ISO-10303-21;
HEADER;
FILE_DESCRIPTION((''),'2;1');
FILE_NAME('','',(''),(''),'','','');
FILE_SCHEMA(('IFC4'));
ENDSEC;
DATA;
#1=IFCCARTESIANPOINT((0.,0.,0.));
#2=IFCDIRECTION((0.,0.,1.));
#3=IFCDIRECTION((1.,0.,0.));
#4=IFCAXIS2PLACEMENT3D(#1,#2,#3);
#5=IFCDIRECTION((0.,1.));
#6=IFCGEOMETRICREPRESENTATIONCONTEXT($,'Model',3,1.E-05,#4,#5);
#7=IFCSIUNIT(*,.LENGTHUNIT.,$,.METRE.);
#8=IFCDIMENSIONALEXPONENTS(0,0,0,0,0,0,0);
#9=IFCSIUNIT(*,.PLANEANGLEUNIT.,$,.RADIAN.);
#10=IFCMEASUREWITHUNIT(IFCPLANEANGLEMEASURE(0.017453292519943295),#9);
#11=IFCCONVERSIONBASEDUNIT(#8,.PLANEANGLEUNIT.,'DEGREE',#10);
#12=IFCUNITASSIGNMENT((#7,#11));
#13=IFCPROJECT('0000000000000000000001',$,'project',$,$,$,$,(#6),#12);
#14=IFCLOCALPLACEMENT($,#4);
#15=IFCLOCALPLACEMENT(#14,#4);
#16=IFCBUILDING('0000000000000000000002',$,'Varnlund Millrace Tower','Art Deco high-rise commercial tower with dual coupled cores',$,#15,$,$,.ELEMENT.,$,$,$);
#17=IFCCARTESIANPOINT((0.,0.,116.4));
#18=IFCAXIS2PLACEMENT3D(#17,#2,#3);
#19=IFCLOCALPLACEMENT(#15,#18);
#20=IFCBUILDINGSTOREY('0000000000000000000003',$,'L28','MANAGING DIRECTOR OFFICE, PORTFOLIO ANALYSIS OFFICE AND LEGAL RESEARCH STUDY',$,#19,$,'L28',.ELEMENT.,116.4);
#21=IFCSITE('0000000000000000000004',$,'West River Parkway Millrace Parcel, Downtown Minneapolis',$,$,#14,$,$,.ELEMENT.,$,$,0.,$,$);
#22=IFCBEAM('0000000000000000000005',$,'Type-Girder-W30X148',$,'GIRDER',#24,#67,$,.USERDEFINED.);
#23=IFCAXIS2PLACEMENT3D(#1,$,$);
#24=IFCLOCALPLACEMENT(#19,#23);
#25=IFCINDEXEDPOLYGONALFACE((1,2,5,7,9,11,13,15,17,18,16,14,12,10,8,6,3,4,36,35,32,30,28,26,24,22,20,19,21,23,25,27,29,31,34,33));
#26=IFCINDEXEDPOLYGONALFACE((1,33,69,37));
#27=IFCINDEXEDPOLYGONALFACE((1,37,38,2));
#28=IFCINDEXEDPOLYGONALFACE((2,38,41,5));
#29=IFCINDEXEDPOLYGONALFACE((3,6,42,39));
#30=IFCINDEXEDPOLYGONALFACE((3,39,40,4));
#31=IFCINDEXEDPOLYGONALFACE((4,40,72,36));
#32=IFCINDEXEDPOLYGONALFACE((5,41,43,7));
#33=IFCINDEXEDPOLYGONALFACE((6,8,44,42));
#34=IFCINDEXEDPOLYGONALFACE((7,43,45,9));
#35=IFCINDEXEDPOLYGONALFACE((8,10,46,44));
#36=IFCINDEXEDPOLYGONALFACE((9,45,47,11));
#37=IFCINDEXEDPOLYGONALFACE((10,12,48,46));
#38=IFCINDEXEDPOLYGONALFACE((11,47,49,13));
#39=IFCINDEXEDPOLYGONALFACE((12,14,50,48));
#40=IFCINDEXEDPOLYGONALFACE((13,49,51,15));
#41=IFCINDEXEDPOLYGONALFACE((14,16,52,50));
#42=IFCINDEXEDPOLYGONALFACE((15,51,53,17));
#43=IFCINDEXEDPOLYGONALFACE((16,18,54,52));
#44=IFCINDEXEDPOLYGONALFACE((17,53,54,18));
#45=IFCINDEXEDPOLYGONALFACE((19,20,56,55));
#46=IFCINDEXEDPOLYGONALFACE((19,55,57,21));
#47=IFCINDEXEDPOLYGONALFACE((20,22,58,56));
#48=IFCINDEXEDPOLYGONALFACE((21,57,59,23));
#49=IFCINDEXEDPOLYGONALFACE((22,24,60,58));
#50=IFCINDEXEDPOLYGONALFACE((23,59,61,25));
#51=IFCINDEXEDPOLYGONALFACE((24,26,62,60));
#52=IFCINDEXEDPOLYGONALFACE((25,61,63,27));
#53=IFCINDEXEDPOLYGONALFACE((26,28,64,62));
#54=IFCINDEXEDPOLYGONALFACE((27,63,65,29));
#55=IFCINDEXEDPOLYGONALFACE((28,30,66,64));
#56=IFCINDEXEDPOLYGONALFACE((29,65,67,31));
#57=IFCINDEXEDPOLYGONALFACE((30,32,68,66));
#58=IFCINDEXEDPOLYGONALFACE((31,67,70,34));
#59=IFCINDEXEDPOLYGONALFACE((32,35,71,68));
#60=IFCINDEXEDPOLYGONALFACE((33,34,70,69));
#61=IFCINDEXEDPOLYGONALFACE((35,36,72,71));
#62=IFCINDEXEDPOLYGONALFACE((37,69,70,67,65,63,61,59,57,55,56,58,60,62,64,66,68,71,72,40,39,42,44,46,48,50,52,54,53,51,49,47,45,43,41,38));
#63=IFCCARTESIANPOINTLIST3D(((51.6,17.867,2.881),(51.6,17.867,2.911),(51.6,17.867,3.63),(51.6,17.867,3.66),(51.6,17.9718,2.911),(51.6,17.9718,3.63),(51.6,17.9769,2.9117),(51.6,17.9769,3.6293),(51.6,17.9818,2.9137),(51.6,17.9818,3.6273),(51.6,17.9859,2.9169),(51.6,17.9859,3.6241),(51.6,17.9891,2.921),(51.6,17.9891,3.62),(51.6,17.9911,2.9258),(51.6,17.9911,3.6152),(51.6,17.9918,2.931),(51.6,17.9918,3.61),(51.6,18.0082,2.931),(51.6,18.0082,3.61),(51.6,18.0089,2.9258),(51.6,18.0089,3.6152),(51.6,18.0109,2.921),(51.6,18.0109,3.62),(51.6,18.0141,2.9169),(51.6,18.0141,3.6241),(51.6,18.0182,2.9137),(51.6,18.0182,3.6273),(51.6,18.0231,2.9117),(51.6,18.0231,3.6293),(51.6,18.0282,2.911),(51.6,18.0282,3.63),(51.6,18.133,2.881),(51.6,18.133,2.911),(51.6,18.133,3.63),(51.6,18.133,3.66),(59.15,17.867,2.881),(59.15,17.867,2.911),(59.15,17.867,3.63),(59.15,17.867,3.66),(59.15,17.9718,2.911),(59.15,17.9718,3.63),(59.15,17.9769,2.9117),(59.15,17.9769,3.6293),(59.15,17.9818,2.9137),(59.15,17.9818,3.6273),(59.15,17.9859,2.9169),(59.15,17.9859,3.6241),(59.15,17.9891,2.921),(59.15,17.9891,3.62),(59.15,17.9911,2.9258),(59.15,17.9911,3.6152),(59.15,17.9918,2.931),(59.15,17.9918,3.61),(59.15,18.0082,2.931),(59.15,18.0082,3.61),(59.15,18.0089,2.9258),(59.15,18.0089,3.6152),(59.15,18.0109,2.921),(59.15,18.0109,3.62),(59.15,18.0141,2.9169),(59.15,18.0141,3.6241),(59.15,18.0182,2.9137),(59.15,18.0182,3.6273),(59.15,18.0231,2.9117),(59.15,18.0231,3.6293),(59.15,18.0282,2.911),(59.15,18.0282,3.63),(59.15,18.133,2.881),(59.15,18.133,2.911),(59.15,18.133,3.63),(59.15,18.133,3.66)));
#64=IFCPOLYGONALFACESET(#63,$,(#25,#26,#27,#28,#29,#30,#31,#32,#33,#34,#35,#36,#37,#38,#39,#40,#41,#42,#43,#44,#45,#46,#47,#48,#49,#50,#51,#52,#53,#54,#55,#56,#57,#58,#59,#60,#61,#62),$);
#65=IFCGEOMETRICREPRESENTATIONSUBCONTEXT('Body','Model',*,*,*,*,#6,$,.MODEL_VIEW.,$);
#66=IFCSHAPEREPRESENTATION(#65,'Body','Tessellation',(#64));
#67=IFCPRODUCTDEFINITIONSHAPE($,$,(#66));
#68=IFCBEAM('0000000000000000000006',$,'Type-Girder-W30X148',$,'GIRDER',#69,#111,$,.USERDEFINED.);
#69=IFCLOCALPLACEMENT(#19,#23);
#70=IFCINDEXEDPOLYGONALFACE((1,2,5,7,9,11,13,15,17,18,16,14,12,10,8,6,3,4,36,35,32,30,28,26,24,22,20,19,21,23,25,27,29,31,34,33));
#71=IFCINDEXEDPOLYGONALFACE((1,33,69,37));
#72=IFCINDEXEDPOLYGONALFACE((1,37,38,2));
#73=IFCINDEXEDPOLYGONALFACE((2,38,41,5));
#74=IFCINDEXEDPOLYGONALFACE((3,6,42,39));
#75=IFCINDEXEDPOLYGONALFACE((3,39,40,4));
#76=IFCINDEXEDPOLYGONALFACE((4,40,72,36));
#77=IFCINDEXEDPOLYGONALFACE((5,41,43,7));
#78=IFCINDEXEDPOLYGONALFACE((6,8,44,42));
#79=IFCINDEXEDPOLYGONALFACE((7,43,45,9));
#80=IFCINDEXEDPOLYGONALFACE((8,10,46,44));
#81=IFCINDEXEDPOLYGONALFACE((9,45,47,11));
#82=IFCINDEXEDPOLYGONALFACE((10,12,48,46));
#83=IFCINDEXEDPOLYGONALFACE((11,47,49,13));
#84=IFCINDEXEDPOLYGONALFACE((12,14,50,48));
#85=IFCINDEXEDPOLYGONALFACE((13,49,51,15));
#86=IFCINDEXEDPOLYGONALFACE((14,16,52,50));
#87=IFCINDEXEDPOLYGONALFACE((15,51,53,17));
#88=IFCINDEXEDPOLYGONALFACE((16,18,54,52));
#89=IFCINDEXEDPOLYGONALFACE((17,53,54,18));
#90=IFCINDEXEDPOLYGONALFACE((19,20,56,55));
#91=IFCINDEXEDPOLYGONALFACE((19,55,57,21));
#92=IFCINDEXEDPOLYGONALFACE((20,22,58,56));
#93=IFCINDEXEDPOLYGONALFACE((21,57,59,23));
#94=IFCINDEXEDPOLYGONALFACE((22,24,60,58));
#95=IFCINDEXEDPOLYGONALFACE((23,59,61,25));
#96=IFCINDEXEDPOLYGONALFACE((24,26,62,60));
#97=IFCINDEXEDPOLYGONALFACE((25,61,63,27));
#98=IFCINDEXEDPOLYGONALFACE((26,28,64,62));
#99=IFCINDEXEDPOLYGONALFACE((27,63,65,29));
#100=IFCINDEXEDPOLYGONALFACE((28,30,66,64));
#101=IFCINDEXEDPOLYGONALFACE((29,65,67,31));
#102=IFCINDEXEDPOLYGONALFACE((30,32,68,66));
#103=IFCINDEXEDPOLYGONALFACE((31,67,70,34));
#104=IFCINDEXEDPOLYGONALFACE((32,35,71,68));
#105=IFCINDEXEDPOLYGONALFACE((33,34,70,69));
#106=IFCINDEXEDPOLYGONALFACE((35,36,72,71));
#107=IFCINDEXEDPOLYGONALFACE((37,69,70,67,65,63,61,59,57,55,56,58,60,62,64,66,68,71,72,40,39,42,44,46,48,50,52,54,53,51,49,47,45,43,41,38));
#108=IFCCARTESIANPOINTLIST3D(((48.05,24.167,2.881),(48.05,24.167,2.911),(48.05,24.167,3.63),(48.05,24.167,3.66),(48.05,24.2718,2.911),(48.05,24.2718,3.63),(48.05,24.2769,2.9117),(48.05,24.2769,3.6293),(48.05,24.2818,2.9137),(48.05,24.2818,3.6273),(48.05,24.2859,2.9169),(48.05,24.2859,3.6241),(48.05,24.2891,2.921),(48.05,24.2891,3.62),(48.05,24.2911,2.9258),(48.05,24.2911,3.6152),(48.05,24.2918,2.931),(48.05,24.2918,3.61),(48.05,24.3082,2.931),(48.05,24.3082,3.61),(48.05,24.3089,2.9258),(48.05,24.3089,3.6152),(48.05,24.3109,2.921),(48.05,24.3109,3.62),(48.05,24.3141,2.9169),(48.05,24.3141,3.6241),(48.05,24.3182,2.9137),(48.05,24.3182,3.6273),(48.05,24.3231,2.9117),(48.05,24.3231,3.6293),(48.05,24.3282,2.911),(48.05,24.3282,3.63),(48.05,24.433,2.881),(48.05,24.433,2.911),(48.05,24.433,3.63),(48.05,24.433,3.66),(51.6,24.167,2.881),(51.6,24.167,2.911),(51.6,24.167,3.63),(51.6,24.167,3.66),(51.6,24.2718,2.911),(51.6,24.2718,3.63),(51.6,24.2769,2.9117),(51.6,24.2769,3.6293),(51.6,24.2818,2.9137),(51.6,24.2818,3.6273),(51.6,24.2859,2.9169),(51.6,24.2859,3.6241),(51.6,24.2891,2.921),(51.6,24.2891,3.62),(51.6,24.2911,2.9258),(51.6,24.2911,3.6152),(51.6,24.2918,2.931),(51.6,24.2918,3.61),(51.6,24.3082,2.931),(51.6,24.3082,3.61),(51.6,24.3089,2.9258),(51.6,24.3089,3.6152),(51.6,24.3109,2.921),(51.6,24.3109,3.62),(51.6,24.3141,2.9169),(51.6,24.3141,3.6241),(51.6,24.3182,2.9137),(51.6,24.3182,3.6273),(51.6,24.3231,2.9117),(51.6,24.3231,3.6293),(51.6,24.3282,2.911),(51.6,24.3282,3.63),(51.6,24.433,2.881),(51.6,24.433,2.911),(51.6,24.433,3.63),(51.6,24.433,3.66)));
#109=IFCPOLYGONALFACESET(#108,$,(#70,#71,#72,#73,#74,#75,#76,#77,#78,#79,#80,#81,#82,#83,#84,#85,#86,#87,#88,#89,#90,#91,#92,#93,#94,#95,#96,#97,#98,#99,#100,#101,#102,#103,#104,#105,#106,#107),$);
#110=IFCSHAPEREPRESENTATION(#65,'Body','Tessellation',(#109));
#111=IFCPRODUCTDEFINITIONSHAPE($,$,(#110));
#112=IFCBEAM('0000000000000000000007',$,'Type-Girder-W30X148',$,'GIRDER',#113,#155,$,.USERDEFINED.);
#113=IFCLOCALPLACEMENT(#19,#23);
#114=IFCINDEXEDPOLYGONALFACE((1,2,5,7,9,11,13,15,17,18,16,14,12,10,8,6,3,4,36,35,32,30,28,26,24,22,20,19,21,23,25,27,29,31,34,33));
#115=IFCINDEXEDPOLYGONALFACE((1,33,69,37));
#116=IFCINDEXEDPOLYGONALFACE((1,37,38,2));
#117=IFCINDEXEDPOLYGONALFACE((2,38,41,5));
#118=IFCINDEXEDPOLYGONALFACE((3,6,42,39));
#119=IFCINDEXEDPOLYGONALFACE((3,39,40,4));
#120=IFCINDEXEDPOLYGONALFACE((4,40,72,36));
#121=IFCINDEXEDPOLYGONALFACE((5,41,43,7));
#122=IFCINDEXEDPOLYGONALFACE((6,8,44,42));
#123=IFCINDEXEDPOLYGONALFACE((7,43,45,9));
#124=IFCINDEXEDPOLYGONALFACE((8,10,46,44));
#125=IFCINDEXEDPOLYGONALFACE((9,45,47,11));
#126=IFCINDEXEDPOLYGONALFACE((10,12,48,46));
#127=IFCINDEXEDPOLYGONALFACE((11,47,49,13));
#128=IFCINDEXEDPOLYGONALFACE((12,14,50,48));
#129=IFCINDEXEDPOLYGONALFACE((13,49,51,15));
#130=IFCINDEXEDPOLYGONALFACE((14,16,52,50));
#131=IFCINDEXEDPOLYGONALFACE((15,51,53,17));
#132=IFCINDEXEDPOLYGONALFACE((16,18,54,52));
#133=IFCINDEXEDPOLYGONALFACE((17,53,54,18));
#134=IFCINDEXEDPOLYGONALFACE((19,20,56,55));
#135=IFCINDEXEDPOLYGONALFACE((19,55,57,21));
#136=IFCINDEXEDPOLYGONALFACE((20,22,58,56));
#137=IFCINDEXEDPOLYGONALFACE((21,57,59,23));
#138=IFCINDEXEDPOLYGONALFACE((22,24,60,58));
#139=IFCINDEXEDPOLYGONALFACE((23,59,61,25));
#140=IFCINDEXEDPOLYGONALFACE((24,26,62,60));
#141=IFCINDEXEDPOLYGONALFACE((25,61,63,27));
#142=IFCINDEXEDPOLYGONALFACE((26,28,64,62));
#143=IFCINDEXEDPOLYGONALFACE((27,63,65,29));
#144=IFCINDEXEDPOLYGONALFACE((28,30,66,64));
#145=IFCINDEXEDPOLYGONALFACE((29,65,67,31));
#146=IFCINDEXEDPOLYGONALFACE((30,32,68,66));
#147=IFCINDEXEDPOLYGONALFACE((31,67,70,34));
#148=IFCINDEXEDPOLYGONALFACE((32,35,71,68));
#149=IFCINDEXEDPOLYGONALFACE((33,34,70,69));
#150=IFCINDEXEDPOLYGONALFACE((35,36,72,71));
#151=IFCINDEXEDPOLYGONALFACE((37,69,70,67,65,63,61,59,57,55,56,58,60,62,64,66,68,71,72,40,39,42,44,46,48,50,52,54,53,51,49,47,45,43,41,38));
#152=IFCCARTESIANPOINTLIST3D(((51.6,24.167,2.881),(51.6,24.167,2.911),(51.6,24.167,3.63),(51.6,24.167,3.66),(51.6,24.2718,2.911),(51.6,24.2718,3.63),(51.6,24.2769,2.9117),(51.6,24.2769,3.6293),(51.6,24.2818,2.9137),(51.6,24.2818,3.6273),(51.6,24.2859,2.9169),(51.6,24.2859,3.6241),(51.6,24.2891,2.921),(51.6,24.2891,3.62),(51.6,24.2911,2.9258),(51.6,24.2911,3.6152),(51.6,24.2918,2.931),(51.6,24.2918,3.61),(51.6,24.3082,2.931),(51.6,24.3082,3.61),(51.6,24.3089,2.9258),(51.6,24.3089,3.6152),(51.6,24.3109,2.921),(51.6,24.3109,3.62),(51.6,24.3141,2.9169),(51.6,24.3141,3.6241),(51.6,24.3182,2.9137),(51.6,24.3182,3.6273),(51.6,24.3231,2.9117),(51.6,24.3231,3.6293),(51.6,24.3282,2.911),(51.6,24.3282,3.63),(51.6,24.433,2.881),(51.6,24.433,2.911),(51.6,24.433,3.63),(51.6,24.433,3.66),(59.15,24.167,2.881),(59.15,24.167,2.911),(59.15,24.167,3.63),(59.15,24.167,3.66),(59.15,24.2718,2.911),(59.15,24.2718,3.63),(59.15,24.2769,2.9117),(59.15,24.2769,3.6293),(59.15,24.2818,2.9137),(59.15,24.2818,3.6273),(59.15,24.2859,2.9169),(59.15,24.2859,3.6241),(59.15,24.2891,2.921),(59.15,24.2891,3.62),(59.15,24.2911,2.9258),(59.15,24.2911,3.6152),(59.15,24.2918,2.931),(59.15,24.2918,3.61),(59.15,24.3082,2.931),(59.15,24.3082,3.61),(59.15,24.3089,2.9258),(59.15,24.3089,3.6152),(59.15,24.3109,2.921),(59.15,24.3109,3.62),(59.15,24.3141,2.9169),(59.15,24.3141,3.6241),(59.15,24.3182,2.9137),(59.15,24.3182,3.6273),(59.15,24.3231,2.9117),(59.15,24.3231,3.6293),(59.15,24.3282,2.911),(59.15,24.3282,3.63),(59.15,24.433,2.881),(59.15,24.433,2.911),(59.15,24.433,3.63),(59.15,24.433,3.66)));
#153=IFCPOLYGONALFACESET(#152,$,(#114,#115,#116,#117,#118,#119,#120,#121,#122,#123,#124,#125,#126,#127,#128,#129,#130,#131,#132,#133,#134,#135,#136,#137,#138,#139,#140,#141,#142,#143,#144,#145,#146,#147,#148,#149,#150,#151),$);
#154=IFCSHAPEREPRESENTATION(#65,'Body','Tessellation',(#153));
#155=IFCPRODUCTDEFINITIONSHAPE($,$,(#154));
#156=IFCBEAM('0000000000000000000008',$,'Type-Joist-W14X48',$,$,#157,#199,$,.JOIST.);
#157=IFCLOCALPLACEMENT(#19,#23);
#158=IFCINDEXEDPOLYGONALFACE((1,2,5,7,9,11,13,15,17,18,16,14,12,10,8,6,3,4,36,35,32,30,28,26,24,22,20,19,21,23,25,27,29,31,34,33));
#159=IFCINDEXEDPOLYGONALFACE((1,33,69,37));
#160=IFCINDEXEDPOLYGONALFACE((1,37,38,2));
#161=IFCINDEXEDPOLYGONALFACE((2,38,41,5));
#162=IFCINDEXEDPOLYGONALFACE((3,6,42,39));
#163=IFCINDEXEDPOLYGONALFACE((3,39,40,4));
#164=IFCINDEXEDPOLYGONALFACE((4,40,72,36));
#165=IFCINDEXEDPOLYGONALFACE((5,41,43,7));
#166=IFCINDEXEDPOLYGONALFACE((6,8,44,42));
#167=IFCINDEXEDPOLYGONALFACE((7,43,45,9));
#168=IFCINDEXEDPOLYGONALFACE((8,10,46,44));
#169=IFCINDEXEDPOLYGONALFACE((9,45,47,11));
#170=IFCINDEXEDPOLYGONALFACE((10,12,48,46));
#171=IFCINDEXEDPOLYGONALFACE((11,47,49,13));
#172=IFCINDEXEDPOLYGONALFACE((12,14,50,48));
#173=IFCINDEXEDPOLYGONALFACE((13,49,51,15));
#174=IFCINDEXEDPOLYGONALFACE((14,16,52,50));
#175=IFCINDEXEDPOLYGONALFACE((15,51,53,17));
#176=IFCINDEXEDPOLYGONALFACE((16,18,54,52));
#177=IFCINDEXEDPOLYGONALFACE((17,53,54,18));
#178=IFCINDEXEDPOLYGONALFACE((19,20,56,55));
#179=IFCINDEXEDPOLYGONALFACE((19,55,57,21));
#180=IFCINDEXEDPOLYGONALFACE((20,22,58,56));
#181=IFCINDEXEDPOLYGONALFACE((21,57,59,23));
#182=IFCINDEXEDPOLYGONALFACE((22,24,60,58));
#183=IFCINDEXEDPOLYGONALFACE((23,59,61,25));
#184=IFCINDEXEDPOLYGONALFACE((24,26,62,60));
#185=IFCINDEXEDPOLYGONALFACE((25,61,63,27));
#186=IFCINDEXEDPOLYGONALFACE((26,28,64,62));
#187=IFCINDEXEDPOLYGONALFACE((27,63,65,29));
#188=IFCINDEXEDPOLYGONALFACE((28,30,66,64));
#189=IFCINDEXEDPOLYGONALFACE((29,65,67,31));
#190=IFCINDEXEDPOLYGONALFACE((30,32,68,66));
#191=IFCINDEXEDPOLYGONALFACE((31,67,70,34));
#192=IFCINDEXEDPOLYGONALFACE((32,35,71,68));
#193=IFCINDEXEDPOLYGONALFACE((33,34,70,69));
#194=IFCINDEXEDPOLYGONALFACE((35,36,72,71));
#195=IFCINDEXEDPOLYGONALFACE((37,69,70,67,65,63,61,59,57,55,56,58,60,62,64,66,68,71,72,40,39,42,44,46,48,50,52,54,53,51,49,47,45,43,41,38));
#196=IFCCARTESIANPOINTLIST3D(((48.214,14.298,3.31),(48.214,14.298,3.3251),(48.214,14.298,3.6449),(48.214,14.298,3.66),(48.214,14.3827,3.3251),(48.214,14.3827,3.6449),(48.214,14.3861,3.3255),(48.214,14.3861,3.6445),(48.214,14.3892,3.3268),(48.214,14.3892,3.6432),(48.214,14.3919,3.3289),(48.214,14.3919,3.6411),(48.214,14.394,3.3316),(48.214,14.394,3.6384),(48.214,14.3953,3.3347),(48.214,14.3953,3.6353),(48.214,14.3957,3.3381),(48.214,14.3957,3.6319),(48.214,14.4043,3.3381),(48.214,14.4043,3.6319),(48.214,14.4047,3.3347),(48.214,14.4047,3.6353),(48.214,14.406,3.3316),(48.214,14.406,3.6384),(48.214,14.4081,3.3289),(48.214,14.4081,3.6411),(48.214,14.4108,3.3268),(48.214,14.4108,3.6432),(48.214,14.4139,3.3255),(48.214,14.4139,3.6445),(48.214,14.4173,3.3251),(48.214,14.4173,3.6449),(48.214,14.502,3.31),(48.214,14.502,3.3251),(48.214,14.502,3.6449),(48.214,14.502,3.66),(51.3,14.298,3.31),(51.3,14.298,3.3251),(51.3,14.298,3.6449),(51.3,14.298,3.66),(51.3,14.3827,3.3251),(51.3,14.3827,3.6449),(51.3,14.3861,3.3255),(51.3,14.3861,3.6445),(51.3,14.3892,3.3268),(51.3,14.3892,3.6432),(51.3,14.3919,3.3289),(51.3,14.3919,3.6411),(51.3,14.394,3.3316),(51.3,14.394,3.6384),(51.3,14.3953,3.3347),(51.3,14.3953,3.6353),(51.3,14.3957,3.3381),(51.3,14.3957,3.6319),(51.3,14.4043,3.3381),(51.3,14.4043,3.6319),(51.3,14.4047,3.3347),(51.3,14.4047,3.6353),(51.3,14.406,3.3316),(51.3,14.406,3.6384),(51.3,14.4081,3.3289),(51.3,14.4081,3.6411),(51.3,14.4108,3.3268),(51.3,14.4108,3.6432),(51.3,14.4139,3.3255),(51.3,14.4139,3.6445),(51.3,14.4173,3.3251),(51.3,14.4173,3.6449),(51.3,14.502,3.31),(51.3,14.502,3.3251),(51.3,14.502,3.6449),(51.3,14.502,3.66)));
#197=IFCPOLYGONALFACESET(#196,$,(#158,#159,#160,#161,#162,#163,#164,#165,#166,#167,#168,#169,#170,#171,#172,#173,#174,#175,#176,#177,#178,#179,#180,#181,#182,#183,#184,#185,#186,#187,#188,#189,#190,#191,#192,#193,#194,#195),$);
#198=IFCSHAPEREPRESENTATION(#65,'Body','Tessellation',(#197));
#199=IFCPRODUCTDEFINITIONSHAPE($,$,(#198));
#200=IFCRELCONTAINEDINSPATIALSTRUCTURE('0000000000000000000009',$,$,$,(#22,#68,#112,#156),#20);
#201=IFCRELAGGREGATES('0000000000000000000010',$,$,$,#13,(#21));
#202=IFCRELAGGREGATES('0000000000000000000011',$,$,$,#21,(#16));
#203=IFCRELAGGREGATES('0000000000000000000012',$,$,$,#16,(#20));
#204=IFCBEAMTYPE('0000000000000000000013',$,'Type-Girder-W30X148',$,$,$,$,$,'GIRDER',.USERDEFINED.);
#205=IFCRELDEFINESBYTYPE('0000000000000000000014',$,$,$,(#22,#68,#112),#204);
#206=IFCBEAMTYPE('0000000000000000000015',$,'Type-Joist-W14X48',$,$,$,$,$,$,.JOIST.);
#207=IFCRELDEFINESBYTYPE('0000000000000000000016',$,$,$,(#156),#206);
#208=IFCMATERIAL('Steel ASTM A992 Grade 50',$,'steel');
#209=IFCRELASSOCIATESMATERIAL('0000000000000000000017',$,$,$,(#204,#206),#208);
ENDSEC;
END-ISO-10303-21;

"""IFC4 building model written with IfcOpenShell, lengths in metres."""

from ifc_helpers import new_model, entity, si_unit, converted_unit, direction, frame, origin_with_axes, origin_2d_with_axis, place, context, subcontext, project, spatial, i_section, extrude, material, material_profile, profile_set, type_object, element, save


model = new_model("IFC4")

# Units and contexts
model_context = context("Model", 3, precision=1e-05, world=origin_with_axes(), true_north=direction((0.0, 1.0)))
body_context = subcontext(model_context, "Body", "Model", "MODEL_VIEW")
ifc_project = project(units=[si_unit("LENGTHUNIT", "METRE"), converted_unit("PLANEANGLEUNIT", "DEGREE", entity("IfcPlaneAngleMeasure", 0.017453292519943295), si_unit("PLANEANGLEUNIT", "RADIAN"), dimensions=[0, 0, 0, 0, 0, 0, 0])], contexts=[model_context])

# Site, building, storey
site_placement = place(None, origin_with_axes())
site = spatial("IfcSite", under=ifc_project, at=site_placement, Name="West River Parkway Millrace Parcel, Downtown Minneapolis", CompositionType="ELEMENT", RefElevation=0.0)
building_placement = place(site_placement, origin_with_axes())
building = spatial("IfcBuilding", under=site, at=building_placement, Name="Varnlund Millrace Tower", Description="Art Deco high-rise commercial tower with dual coupled cores", CompositionType="ELEMENT")
storey_placement = place(building_placement, frame((0.0, 0.0, 116.4), z_axis=(0.0, 0.0, 1.0), x_axis=(1.0, 0.0, 0.0)))
storey = spatial("IfcBuildingStorey", under=building, at=storey_placement, Name="L28", Description="MANAGING DIRECTOR OFFICE, PORTFOLIO ANALYSIS OFFICE AND LEGAL RESEARCH STUDY", LongName="L28", CompositionType="ELEMENT", Elevation=116.4)

# Beams
ifc_material_1 = material(Name="Steel ASTM A992 Grade 50", Category="steel")
ifc_material_profile_1 = material_profile(ifc_material_1, i_section(OverallWidth=0.266, OverallDepth=0.779, WebThickness=0.0165, FlangeThickness=0.03, FilletRadius=0.02, at=origin_2d_with_axis()), Name="Steel ASTM A992 Grade 50")
ifc_profile_set_1 = profile_set([ifc_material_profile_1], Name="Steel ASTM A992 Grade 50")
beam_type_1 = type_object("IfcBeamType", Name="Type-Girder-W30X148", ElementType="GIRDER", PredefinedType="USERDEFINED", material=ifc_profile_set_1)
beam_1_placement = place(storey_placement, frame((51.6, 18.0, 3.2705), z_axis=(1.0, 0.0, 0.0), x_axis=(0.0, 1.0, 0.0)))
element("IfcBeam", 1, at=beam_1_placement, inside=storey, type_object=beam_type_1, Name="Type-Girder-W30X148", ObjectType="GIRDER", PredefinedType="USERDEFINED", context=body_context, shape_type="SweptSolid", body=[
    extrude(i_section(OverallWidth=0.266, OverallDepth=0.779, WebThickness=0.0165, FlangeThickness=0.03, FilletRadius=0.02, at=origin_2d_with_axis()), origin_with_axes(), (0.0, 0.0, 1.0), 7.55),
])
beam_2_placement = place(storey_placement, frame((48.05, 24.3, 3.2705), z_axis=(1.0, 0.0, 0.0), x_axis=(0.0, 1.0, 0.0)))
element("IfcBeam", 2, at=beam_2_placement, inside=storey, type_object=beam_type_1, Name="Type-Girder-W30X148", ObjectType="GIRDER", PredefinedType="USERDEFINED", context=body_context, shape_type="SweptSolid", body=[
    extrude(i_section(OverallWidth=0.266, OverallDepth=0.779, WebThickness=0.0165, FlangeThickness=0.03, FilletRadius=0.02, at=origin_2d_with_axis()), origin_with_axes(), (0.0, 0.0, 1.0), 3.55),
])
beam_3_placement = place(storey_placement, frame((51.6, 24.3, 3.2705), z_axis=(1.0, 0.0, 0.0), x_axis=(0.0, 1.0, 0.0)))
element("IfcBeam", 3, at=beam_3_placement, inside=storey, type_object=beam_type_1, Name="Type-Girder-W30X148", ObjectType="GIRDER", PredefinedType="USERDEFINED", context=body_context, shape_type="SweptSolid", body=[
    extrude(i_section(OverallWidth=0.266, OverallDepth=0.779, WebThickness=0.0165, FlangeThickness=0.03, FilletRadius=0.02, at=origin_2d_with_axis()), origin_with_axes(), (0.0, 0.0, 1.0), 7.55),
])
ifc_material_profile_2 = material_profile(ifc_material_1, i_section(OverallWidth=0.204, OverallDepth=0.35, WebThickness=0.0086, FlangeThickness=0.0151, FilletRadius=0.013, at=origin_2d_with_axis()), Name="Steel ASTM A992 Grade 50")
ifc_profile_set_2 = profile_set([ifc_material_profile_2], Name="Steel ASTM A992 Grade 50")
beam_type_2 = type_object("IfcBeamType", Name="Type-Joist-W14X48", PredefinedType="JOIST", material=ifc_profile_set_2)
for number, where, z_axis, x_axis, name in (
    (4, (48.214, 14.4, 3.485), (1.0, 0.0, 0.0), (0.0, 1.0, 0.0), "Type-Joist-W14X48"),
):
    element("IfcBeam", number, at=place(storey_placement, frame(where, z_axis=z_axis, x_axis=x_axis)), inside=storey, type_object=beam_type_2, Name=name, PredefinedType="JOIST", context=body_context, shape_type="SweptSolid", body=[
        extrude(i_section(OverallWidth=0.204, OverallDepth=0.35, WebThickness=0.0086, FlangeThickness=0.0151, FilletRadius=0.013, at=origin_2d_with_axis()), origin_with_axes(), (0.0, 0.0, 1.0), 3.086),
    ])

save(model, "model.ifc")
